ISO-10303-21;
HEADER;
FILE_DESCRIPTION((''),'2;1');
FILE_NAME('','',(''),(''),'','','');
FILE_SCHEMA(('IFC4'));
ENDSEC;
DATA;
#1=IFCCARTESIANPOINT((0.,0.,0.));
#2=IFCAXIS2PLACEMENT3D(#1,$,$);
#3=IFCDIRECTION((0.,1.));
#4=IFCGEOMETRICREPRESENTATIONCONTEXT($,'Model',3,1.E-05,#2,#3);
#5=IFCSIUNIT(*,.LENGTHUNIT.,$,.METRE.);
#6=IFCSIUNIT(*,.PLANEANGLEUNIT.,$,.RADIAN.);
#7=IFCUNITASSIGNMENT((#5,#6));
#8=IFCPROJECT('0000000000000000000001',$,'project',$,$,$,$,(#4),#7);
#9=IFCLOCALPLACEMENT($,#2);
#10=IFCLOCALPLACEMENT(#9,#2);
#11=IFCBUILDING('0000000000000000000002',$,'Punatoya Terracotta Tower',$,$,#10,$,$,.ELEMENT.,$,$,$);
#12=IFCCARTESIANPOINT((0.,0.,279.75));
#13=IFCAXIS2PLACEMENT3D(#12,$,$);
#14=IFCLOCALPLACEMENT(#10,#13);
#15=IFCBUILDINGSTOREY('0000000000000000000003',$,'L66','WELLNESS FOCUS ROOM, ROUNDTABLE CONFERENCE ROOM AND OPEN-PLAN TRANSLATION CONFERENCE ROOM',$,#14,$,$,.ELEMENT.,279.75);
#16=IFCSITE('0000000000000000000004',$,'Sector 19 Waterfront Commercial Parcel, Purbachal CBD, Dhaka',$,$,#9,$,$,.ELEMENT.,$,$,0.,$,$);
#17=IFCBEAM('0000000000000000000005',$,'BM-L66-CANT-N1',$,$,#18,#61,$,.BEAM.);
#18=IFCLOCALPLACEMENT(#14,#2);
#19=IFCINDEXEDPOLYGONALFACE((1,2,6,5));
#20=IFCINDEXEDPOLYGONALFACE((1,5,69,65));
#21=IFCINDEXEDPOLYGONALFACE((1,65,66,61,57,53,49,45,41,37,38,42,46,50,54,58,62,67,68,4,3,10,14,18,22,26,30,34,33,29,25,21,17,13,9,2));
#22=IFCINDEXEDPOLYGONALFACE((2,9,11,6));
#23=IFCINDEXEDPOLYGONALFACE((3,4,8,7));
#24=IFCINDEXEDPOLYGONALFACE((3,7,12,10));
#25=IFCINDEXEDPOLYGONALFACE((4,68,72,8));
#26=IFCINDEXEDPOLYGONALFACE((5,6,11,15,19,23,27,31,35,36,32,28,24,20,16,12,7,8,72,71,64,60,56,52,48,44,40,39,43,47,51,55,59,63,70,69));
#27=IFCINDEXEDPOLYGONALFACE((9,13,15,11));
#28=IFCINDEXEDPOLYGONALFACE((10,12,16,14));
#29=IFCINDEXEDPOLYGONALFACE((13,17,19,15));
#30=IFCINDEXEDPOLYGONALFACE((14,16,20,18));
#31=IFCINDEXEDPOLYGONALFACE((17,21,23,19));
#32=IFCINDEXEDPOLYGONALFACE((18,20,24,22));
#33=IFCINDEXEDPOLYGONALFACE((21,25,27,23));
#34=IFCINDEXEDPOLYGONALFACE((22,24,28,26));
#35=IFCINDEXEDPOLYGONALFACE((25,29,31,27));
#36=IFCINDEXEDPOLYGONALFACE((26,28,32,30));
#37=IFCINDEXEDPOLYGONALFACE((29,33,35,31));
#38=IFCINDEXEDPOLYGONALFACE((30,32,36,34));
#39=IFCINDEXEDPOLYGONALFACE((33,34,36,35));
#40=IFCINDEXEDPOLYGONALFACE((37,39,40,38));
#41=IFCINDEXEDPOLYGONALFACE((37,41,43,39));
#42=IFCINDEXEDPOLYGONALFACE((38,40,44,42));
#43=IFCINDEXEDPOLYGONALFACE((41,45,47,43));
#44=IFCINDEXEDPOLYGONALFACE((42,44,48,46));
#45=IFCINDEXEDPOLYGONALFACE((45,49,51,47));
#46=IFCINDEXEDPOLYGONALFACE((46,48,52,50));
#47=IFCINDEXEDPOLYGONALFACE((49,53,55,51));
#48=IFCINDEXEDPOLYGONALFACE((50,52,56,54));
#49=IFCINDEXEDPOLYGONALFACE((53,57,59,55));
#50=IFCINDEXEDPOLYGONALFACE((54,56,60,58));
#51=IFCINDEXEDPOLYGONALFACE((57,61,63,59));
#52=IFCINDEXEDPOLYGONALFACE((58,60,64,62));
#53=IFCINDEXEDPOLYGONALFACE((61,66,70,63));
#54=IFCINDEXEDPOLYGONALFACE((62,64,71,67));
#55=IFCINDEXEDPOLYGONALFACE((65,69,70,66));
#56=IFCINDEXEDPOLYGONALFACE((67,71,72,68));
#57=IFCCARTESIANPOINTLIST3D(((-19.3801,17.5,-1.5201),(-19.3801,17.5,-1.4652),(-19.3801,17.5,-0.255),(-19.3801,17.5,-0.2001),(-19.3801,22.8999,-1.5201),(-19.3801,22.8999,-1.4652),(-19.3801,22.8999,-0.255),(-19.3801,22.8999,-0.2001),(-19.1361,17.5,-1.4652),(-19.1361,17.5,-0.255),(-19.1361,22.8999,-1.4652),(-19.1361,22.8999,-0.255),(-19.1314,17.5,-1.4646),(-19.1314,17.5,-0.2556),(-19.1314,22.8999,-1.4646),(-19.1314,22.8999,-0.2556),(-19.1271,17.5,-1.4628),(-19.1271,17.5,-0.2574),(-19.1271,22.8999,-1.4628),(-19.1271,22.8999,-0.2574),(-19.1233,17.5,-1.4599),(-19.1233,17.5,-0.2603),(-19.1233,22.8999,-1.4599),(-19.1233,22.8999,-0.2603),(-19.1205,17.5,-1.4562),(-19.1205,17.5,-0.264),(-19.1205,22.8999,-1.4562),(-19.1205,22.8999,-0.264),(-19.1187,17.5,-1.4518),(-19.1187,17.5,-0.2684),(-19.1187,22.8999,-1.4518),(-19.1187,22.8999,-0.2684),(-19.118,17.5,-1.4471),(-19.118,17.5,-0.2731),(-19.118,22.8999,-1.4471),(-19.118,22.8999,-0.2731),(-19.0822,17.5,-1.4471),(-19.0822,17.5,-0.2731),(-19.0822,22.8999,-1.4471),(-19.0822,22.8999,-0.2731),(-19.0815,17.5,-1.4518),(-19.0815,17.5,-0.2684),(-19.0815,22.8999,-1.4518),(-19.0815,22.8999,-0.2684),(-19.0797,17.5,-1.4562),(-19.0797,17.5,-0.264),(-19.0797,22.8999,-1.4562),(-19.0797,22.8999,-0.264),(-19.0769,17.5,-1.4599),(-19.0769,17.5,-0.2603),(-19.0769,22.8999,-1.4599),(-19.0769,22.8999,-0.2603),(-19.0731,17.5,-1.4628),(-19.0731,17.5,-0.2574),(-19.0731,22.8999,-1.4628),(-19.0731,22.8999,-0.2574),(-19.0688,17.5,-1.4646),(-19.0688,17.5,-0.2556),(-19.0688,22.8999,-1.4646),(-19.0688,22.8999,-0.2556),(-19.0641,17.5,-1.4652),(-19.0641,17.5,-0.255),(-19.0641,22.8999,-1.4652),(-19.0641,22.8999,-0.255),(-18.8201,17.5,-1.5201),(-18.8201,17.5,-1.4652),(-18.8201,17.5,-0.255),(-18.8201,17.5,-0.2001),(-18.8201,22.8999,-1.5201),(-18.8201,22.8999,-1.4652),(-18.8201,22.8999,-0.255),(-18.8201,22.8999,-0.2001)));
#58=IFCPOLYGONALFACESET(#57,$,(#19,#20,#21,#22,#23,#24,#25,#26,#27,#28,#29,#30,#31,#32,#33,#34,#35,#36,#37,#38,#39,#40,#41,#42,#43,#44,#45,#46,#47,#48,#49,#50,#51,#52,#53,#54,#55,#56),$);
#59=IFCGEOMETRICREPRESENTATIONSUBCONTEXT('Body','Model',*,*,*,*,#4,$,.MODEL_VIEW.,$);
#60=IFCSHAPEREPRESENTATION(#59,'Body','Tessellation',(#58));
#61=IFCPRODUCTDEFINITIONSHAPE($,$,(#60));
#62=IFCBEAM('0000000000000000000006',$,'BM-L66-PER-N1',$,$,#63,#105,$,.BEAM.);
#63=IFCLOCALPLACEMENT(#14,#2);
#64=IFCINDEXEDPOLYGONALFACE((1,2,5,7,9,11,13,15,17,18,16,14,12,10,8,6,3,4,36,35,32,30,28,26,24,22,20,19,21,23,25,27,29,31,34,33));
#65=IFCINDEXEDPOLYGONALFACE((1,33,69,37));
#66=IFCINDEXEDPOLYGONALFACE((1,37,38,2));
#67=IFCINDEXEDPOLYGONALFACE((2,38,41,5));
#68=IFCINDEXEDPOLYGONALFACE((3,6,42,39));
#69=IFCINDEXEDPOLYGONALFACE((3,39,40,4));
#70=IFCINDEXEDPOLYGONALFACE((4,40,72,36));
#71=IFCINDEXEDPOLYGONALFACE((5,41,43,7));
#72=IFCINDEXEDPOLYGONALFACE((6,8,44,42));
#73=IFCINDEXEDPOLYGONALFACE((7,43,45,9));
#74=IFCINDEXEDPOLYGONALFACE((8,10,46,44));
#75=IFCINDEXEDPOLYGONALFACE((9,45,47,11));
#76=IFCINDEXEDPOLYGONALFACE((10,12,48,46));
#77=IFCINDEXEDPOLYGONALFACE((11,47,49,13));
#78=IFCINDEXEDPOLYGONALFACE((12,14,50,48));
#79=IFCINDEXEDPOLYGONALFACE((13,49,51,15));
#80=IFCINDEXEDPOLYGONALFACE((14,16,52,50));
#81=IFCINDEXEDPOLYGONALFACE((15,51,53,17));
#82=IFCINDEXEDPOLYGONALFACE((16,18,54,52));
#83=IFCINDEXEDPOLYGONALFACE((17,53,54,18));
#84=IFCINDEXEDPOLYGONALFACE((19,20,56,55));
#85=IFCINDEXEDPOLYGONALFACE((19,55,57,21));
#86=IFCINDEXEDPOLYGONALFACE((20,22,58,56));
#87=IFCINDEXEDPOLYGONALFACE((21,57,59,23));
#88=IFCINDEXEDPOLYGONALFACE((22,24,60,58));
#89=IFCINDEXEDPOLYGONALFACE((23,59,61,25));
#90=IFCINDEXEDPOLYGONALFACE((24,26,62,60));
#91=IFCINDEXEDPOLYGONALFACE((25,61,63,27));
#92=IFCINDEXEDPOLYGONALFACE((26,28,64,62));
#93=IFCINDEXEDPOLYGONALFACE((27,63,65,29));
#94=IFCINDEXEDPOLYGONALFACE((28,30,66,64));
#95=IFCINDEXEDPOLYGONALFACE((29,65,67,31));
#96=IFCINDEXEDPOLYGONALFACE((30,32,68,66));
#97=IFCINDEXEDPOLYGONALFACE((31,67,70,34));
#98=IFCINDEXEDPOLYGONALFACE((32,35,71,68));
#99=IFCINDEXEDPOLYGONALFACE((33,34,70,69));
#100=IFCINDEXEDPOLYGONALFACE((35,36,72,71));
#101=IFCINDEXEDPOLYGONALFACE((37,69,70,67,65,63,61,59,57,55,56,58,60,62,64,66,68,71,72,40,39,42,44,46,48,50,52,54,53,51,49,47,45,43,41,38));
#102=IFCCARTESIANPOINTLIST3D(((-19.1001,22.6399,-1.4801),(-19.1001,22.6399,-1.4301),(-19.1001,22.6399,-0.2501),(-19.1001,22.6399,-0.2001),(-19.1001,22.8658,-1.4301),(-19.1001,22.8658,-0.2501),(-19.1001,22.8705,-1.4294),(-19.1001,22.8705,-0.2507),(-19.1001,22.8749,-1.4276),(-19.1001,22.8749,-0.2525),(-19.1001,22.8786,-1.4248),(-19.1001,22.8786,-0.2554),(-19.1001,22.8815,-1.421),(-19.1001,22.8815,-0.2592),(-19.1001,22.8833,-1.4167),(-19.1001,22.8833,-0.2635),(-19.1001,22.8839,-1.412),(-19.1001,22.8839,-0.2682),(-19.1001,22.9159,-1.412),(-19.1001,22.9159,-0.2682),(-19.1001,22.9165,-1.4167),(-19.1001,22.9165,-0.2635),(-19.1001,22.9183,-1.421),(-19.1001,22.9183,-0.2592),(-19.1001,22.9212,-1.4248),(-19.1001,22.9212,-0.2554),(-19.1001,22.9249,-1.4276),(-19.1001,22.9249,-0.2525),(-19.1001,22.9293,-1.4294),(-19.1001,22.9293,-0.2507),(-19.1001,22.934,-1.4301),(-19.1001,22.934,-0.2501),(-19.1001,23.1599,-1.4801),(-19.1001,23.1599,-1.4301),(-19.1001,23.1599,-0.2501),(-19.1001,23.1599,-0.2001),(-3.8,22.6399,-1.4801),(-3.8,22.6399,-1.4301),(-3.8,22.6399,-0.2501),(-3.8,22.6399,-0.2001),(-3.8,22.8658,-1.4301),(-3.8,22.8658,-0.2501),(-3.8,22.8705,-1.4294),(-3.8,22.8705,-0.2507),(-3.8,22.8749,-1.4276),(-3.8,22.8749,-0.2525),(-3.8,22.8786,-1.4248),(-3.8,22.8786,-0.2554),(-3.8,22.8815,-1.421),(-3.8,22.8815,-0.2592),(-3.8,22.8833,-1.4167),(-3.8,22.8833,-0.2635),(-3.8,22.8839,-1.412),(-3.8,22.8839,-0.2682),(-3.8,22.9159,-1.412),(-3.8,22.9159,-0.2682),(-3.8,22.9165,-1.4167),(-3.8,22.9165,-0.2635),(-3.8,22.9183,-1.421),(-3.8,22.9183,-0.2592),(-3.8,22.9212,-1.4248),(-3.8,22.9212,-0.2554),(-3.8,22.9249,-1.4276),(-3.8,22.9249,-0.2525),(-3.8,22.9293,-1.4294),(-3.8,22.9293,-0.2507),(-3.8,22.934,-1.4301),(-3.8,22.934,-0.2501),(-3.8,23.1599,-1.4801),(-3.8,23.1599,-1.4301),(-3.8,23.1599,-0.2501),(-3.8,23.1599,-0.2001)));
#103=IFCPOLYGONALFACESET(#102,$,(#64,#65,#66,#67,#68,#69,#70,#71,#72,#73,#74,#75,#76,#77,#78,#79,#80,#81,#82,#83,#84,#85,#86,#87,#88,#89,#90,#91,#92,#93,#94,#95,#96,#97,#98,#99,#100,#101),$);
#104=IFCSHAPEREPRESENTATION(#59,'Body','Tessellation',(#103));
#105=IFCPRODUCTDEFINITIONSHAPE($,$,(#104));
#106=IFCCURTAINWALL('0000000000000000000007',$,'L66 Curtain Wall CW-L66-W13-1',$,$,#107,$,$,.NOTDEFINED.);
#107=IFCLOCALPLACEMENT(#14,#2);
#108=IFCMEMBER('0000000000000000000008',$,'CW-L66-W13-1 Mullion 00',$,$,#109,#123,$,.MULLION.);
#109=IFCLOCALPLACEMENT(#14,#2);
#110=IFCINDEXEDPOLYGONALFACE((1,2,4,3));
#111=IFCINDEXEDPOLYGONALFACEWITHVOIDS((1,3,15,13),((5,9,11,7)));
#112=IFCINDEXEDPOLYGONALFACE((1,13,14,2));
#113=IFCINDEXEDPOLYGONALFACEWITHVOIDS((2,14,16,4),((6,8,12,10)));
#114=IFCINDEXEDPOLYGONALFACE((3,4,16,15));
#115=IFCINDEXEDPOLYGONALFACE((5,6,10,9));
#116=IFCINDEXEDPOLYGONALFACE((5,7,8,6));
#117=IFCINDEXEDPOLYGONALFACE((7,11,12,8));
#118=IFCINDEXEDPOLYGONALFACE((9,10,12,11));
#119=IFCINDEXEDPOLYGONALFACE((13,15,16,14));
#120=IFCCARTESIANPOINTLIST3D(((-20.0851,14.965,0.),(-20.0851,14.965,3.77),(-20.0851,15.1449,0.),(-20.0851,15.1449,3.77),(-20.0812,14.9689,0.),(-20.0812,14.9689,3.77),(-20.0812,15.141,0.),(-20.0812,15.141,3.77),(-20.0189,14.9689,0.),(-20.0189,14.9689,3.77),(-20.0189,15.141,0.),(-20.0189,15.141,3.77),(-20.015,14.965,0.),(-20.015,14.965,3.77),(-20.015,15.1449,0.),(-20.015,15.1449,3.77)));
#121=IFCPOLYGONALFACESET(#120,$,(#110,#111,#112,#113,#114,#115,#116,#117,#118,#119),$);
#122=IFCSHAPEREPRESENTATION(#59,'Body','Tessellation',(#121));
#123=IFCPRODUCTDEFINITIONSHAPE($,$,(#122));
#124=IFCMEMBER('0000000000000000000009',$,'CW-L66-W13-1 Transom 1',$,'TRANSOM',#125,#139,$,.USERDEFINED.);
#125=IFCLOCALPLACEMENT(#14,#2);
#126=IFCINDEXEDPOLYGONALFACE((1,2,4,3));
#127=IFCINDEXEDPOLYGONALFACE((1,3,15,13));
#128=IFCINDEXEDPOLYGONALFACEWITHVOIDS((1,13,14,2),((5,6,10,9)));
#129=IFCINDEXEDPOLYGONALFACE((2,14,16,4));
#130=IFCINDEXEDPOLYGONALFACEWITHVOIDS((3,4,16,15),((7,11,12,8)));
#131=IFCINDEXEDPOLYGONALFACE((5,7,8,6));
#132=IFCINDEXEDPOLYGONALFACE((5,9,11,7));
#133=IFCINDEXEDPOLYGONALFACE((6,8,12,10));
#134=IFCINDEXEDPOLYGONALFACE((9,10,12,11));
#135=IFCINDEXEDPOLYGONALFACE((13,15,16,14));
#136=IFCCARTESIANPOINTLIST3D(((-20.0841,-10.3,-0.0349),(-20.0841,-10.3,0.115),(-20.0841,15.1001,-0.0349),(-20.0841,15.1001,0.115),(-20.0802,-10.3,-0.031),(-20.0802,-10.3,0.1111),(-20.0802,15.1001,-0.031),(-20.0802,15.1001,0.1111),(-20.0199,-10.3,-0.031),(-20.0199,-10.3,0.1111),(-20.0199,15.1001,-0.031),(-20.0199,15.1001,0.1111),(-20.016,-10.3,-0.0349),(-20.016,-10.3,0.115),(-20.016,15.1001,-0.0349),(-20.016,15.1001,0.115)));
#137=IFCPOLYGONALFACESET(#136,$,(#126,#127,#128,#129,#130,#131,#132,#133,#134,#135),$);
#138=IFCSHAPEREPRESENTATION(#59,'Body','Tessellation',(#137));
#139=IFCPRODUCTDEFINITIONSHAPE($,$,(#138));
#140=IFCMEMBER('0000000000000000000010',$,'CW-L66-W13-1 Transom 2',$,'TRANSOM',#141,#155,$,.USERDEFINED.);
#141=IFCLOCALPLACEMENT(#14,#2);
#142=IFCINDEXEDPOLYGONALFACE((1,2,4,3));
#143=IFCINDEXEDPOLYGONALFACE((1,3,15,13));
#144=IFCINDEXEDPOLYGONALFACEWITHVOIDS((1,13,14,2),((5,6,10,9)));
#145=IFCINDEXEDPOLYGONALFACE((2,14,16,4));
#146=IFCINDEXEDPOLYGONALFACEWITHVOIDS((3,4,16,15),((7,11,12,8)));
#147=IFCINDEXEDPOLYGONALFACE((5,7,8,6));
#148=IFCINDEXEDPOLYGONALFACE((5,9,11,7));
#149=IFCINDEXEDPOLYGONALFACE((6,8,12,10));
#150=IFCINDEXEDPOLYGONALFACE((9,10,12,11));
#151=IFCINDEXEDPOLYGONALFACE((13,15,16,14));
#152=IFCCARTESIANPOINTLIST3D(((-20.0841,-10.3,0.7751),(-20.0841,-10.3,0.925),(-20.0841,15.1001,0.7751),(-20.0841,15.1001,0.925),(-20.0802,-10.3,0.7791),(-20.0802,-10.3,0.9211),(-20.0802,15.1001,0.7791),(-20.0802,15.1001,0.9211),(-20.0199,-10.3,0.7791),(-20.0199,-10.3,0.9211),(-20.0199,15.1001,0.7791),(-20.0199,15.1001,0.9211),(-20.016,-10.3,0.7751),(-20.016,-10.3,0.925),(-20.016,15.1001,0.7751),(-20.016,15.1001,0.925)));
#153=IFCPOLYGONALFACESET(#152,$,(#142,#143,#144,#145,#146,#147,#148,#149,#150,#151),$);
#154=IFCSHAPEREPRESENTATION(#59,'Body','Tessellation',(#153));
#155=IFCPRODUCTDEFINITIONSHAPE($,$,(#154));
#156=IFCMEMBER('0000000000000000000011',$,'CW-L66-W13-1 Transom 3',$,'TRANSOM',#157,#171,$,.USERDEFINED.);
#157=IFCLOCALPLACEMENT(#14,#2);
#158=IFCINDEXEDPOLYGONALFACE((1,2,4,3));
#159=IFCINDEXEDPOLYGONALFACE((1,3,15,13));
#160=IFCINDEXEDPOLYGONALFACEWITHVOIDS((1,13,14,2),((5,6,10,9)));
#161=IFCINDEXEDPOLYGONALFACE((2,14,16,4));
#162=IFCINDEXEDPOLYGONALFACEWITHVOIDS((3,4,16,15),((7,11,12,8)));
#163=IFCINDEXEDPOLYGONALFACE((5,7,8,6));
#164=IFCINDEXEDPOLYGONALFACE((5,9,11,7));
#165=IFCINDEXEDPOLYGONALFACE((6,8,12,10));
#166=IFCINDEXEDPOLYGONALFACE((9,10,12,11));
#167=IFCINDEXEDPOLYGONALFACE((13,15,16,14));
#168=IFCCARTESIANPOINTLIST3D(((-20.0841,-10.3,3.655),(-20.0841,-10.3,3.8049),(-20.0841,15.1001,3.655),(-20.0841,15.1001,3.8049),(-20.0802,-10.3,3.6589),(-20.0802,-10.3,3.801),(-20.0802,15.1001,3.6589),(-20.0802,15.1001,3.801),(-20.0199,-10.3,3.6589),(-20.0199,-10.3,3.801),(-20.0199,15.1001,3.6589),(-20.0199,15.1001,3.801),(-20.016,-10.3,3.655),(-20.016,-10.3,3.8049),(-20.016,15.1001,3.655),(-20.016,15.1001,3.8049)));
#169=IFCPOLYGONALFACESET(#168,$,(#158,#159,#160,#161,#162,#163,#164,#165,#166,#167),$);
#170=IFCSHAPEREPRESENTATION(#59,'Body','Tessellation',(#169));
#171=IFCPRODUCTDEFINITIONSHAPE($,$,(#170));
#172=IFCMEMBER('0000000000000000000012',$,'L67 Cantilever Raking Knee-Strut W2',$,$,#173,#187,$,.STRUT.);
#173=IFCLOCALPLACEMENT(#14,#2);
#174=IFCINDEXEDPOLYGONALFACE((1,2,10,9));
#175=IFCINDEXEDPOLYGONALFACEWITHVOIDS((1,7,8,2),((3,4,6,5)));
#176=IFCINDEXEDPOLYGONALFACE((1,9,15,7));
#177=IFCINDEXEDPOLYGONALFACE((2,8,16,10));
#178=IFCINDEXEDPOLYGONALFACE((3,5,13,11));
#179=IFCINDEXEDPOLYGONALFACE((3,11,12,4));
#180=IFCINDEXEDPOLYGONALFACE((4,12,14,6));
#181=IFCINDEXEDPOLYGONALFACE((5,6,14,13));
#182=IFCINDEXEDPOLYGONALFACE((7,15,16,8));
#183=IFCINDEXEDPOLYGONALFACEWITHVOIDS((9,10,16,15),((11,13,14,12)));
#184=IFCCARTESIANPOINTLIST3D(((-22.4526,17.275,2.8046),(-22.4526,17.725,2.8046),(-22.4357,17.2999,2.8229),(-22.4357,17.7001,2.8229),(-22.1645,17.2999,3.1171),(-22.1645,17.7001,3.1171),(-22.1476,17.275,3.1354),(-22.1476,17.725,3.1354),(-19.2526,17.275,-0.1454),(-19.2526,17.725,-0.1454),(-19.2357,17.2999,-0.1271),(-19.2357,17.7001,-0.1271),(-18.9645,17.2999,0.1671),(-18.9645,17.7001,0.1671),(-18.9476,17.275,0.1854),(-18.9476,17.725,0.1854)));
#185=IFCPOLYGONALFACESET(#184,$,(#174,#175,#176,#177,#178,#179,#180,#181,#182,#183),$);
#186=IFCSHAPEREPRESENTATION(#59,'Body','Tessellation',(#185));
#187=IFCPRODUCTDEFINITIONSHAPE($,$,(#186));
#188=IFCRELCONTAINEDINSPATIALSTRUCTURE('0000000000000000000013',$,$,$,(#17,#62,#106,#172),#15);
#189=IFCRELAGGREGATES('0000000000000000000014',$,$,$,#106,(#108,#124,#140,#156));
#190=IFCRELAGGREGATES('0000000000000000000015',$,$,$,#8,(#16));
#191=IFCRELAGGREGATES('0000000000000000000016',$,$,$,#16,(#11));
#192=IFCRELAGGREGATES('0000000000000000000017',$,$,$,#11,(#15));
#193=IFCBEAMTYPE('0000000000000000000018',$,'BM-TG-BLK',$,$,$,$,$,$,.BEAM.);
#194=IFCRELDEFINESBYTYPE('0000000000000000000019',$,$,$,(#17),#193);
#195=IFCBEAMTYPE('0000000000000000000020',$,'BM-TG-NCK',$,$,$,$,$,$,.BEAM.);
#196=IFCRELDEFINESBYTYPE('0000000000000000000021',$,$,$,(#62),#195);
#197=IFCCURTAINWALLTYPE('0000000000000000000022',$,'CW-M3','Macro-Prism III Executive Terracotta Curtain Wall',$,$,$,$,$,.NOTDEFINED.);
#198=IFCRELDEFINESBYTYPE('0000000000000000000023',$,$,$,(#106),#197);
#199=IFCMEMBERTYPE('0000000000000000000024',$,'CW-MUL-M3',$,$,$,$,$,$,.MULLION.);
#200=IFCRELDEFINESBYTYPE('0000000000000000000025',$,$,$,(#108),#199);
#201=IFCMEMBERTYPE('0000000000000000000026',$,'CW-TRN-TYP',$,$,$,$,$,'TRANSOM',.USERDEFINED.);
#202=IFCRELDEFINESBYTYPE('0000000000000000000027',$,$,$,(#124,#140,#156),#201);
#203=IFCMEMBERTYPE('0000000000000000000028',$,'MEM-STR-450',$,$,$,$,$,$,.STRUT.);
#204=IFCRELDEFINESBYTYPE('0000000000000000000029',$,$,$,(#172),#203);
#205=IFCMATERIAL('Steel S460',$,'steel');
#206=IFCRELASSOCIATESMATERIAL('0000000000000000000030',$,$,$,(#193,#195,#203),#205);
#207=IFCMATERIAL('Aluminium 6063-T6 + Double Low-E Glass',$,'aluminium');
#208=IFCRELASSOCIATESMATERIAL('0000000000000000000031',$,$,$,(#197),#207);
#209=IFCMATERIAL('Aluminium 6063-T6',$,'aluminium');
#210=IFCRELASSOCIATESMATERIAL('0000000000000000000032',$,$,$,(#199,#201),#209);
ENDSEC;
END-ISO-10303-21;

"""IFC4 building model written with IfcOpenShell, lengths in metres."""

from ifc_helpers import new_model, si_unit, direction, frame, origin, origin_2d, place, context, subcontext, project, spatial, hollow_rectangle, i_section, extrude, material, material_profile, profile_set, type_object, element, aggregate, save


model = new_model("IFC4")

# Units and contexts
model_context = context("Model", 3, precision=1e-05, world=origin(), true_north=direction((0.0, 1.0)))
body_context = subcontext(model_context, "Body", "Model", "MODEL_VIEW")
ifc_project = project(units=[si_unit("LENGTHUNIT", "METRE"), si_unit("PLANEANGLEUNIT", "RADIAN")], contexts=[model_context])

# Site, building, storey
site_placement = place(None, origin())
site = spatial("IfcSite", under=ifc_project, at=site_placement, Name="Sector 19 Waterfront Commercial Parcel, Purbachal CBD, Dhaka", CompositionType="ELEMENT", RefElevation=0.0)
building_placement = place(site_placement, origin())
building = spatial("IfcBuilding", under=site, at=building_placement, Name="Punatoya Terracotta Tower", CompositionType="ELEMENT")
storey_placement = place(building_placement, frame((0.0, 0.0, 279.75)))
storey = spatial("IfcBuildingStorey", under=building, at=storey_placement, Name="L66", Description="WELLNESS FOCUS ROOM, ROUNDTABLE CONFERENCE ROOM AND OPEN-PLAN TRANSLATION CONFERENCE ROOM", CompositionType="ELEMENT", Elevation=279.75)

# Shared definitions
ifc_material_1 = material(Name="Steel S460", Category="steel")

# Beams
ifc_material_profile_1 = material_profile(ifc_material_1, i_section(OverallWidth=0.5601, OverallDepth=1.3201, WebThickness=0.0359, FlangeThickness=0.0549, FilletRadius=0.0181, at=origin_2d()))
ifc_profile_set_1 = profile_set([ifc_material_profile_1], Name="Steel S460")
beam_type_1 = type_object("IfcBeamType", Name="BM-TG-BLK", PredefinedType="BEAM", material=ifc_profile_set_1)
beam_1_placement = place(storey_placement, frame((-19.1001, 17.5, -0.8601), z_axis=(0.0, 1.0, 0.0), x_axis=(-1.0, 0.0, 0.0)))
element("IfcBeam", 1, at=beam_1_placement, inside=storey, type_object=beam_type_1, Name="BM-L66-CANT-N1", PredefinedType="BEAM", context=body_context, shape_type="SweptSolid", body=[
    extrude(i_section(OverallWidth=0.5601, OverallDepth=1.3201, WebThickness=0.0359, FlangeThickness=0.0549, FilletRadius=0.0181, at=origin_2d()), origin(), (0.0, 0.0, 1.0), 5.3999),
])
ifc_material_profile_2 = material_profile(ifc_material_1, i_section(OverallWidth=0.52, OverallDepth=1.28, WebThickness=0.032, FlangeThickness=0.05, FilletRadius=0.0181, at=origin_2d()))
ifc_profile_set_2 = profile_set([ifc_material_profile_2], Name="Steel S460")
beam_type_2 = type_object("IfcBeamType", Name="BM-TG-NCK", PredefinedType="BEAM", material=ifc_profile_set_2)
beam_2_placement = place(storey_placement, frame((-19.1001, 22.8999, -0.8401), z_axis=(1.0, 0.0, 0.0), x_axis=(0.0, 1.0, 0.0)))
element("IfcBeam", 2, at=beam_2_placement, inside=storey, type_object=beam_type_2, Name="BM-L66-PER-N1", PredefinedType="BEAM", context=body_context, shape_type="SweptSolid", body=[
    extrude(i_section(OverallWidth=0.52, OverallDepth=1.28, WebThickness=0.032, FlangeThickness=0.05, FilletRadius=0.0181, at=origin_2d()), origin(), (0.0, 0.0, 1.0), 15.3),
])

# Curtain wall, members
ifc_material_2 = material(Name="Aluminium 6063-T6 + Double Low-E Glass", Category="aluminium")
curtain_wall_type = type_object("IfcCurtainWallType", Name="CW-M3", Description="Macro-Prism III Executive Terracotta Curtain Wall", PredefinedType="NOTDEFINED", material=ifc_material_2)
curtain_wall_placement = place(storey_placement, origin())
curtain_wall = element("IfcCurtainWall", 3, at=curtain_wall_placement, inside=storey, type_object=curtain_wall_type, Name="L66 Curtain Wall CW-L66-W13-1", PredefinedType="NOTDEFINED")
ifc_material_3 = material(Name="Aluminium 6063-T6", Category="aluminium")
ifc_material_profile_3 = material_profile(ifc_material_3, hollow_rectangle(XDim=0.0701, YDim=0.1799, WallThickness=0.0039, at=origin_2d()))
ifc_profile_set_3 = profile_set([ifc_material_profile_3], Name="Aluminium 6063-T6")
member_type_1 = type_object("IfcMemberType", Name="CW-MUL-M3", PredefinedType="MULLION", material=ifc_profile_set_3)
member_1_placement = place(storey_placement, frame((-20.05, 15.0549, 0.0), z_axis=(0.0, 0.0, 1.0), x_axis=(1.0, 0.0, 0.0)))
member_1 = element("IfcMember", 4, at=member_1_placement, type_object=member_type_1, Name="CW-L66-W13-1 Mullion 00", PredefinedType="MULLION", context=body_context, shape_type="SweptSolid", body=[
    extrude(hollow_rectangle(XDim=0.0701, YDim=0.1799, WallThickness=0.0039, at=origin_2d()), origin(), (0.0, 0.0, 1.0), 3.77),
])
ifc_material_profile_4 = material_profile(ifc_material_3, hollow_rectangle(XDim=0.0681, YDim=0.1499, WallThickness=0.0039, at=origin_2d()))
ifc_profile_set_4 = profile_set([ifc_material_profile_4], Name="Aluminium 6063-T6")
member_type_2 = type_object("IfcMemberType", Name="CW-TRN-TYP", ElementType="TRANSOM", PredefinedType="USERDEFINED", material=ifc_profile_set_4)
member_2_placement = place(storey_placement, frame((-20.05, 15.1001, 0.04), z_axis=(0.0, -1.0, 0.0), x_axis=(1.0, 0.0, 0.0)))
member_2 = element("IfcMember", 5, at=member_2_placement, type_object=member_type_2, Name="CW-L66-W13-1 Transom 1", ObjectType="TRANSOM", PredefinedType="USERDEFINED", context=body_context, shape_type="SweptSolid", body=[
    extrude(hollow_rectangle(XDim=0.0681, YDim=0.1499, WallThickness=0.0039, at=origin_2d()), origin(), (0.0, 0.0, 1.0), 25.4001),
])
member_3_placement = place(storey_placement, frame((-20.05, 15.1001, 0.8501), z_axis=(0.0, -1.0, 0.0), x_axis=(1.0, 0.0, 0.0)))
member_3 = element("IfcMember", 6, at=member_3_placement, type_object=member_type_2, Name="CW-L66-W13-1 Transom 2", ObjectType="TRANSOM", PredefinedType="USERDEFINED", context=body_context, shape_type="SweptSolid", body=[
    extrude(hollow_rectangle(XDim=0.0681, YDim=0.1499, WallThickness=0.0039, at=origin_2d()), origin(), (0.0, 0.0, 1.0), 25.4001),
])
member_4_placement = place(storey_placement, frame((-20.05, 15.1001, 3.73), z_axis=(0.0, -1.0, 0.0), x_axis=(1.0, 0.0, 0.0)))
member_4 = element("IfcMember", 7, at=member_4_placement, type_object=member_type_2, Name="CW-L66-W13-1 Transom 3", ObjectType="TRANSOM", PredefinedType="USERDEFINED", context=body_context, shape_type="SweptSolid", body=[
    extrude(hollow_rectangle(XDim=0.0681, YDim=0.1499, WallThickness=0.0039, at=origin_2d()), origin(), (0.0, 0.0, 1.0), 25.4001),
])

# Member
ifc_material_profile_5 = material_profile(ifc_material_1, hollow_rectangle(XDim=0.45, YDim=0.45, WallThickness=0.0249, at=origin_2d()))
ifc_profile_set_5 = profile_set([ifc_material_profile_5], Name="Steel S460")
member_type_3 = type_object("IfcMemberType", Name="MEM-STR-450", PredefinedType="STRUT", material=ifc_profile_set_5)
for number, where, z_axis, x_axis, name in (
    (8, (-19.1001, 17.5, 0.02), (-0.735244, 0.0, 0.677802), (0.0, -1.0, 0.0), "L67 Cantilever Raking Knee-Strut W2"),
):
    element("IfcMember", number, at=place(storey_placement, frame(where, z_axis=z_axis, x_axis=x_axis)), inside=storey, type_object=member_type_3, Name=name, PredefinedType="STRUT", context=body_context, shape_type="SweptSolid", body=[
        extrude(hollow_rectangle(XDim=0.45, YDim=0.45, WallThickness=0.0249, at=origin_2d()), origin(), (0.0, 0.0, 1.0), 4.3523),
    ])

aggregate(curtain_wall, [member_1, member_2, member_3, member_4])

save(model, "model.ifc")
